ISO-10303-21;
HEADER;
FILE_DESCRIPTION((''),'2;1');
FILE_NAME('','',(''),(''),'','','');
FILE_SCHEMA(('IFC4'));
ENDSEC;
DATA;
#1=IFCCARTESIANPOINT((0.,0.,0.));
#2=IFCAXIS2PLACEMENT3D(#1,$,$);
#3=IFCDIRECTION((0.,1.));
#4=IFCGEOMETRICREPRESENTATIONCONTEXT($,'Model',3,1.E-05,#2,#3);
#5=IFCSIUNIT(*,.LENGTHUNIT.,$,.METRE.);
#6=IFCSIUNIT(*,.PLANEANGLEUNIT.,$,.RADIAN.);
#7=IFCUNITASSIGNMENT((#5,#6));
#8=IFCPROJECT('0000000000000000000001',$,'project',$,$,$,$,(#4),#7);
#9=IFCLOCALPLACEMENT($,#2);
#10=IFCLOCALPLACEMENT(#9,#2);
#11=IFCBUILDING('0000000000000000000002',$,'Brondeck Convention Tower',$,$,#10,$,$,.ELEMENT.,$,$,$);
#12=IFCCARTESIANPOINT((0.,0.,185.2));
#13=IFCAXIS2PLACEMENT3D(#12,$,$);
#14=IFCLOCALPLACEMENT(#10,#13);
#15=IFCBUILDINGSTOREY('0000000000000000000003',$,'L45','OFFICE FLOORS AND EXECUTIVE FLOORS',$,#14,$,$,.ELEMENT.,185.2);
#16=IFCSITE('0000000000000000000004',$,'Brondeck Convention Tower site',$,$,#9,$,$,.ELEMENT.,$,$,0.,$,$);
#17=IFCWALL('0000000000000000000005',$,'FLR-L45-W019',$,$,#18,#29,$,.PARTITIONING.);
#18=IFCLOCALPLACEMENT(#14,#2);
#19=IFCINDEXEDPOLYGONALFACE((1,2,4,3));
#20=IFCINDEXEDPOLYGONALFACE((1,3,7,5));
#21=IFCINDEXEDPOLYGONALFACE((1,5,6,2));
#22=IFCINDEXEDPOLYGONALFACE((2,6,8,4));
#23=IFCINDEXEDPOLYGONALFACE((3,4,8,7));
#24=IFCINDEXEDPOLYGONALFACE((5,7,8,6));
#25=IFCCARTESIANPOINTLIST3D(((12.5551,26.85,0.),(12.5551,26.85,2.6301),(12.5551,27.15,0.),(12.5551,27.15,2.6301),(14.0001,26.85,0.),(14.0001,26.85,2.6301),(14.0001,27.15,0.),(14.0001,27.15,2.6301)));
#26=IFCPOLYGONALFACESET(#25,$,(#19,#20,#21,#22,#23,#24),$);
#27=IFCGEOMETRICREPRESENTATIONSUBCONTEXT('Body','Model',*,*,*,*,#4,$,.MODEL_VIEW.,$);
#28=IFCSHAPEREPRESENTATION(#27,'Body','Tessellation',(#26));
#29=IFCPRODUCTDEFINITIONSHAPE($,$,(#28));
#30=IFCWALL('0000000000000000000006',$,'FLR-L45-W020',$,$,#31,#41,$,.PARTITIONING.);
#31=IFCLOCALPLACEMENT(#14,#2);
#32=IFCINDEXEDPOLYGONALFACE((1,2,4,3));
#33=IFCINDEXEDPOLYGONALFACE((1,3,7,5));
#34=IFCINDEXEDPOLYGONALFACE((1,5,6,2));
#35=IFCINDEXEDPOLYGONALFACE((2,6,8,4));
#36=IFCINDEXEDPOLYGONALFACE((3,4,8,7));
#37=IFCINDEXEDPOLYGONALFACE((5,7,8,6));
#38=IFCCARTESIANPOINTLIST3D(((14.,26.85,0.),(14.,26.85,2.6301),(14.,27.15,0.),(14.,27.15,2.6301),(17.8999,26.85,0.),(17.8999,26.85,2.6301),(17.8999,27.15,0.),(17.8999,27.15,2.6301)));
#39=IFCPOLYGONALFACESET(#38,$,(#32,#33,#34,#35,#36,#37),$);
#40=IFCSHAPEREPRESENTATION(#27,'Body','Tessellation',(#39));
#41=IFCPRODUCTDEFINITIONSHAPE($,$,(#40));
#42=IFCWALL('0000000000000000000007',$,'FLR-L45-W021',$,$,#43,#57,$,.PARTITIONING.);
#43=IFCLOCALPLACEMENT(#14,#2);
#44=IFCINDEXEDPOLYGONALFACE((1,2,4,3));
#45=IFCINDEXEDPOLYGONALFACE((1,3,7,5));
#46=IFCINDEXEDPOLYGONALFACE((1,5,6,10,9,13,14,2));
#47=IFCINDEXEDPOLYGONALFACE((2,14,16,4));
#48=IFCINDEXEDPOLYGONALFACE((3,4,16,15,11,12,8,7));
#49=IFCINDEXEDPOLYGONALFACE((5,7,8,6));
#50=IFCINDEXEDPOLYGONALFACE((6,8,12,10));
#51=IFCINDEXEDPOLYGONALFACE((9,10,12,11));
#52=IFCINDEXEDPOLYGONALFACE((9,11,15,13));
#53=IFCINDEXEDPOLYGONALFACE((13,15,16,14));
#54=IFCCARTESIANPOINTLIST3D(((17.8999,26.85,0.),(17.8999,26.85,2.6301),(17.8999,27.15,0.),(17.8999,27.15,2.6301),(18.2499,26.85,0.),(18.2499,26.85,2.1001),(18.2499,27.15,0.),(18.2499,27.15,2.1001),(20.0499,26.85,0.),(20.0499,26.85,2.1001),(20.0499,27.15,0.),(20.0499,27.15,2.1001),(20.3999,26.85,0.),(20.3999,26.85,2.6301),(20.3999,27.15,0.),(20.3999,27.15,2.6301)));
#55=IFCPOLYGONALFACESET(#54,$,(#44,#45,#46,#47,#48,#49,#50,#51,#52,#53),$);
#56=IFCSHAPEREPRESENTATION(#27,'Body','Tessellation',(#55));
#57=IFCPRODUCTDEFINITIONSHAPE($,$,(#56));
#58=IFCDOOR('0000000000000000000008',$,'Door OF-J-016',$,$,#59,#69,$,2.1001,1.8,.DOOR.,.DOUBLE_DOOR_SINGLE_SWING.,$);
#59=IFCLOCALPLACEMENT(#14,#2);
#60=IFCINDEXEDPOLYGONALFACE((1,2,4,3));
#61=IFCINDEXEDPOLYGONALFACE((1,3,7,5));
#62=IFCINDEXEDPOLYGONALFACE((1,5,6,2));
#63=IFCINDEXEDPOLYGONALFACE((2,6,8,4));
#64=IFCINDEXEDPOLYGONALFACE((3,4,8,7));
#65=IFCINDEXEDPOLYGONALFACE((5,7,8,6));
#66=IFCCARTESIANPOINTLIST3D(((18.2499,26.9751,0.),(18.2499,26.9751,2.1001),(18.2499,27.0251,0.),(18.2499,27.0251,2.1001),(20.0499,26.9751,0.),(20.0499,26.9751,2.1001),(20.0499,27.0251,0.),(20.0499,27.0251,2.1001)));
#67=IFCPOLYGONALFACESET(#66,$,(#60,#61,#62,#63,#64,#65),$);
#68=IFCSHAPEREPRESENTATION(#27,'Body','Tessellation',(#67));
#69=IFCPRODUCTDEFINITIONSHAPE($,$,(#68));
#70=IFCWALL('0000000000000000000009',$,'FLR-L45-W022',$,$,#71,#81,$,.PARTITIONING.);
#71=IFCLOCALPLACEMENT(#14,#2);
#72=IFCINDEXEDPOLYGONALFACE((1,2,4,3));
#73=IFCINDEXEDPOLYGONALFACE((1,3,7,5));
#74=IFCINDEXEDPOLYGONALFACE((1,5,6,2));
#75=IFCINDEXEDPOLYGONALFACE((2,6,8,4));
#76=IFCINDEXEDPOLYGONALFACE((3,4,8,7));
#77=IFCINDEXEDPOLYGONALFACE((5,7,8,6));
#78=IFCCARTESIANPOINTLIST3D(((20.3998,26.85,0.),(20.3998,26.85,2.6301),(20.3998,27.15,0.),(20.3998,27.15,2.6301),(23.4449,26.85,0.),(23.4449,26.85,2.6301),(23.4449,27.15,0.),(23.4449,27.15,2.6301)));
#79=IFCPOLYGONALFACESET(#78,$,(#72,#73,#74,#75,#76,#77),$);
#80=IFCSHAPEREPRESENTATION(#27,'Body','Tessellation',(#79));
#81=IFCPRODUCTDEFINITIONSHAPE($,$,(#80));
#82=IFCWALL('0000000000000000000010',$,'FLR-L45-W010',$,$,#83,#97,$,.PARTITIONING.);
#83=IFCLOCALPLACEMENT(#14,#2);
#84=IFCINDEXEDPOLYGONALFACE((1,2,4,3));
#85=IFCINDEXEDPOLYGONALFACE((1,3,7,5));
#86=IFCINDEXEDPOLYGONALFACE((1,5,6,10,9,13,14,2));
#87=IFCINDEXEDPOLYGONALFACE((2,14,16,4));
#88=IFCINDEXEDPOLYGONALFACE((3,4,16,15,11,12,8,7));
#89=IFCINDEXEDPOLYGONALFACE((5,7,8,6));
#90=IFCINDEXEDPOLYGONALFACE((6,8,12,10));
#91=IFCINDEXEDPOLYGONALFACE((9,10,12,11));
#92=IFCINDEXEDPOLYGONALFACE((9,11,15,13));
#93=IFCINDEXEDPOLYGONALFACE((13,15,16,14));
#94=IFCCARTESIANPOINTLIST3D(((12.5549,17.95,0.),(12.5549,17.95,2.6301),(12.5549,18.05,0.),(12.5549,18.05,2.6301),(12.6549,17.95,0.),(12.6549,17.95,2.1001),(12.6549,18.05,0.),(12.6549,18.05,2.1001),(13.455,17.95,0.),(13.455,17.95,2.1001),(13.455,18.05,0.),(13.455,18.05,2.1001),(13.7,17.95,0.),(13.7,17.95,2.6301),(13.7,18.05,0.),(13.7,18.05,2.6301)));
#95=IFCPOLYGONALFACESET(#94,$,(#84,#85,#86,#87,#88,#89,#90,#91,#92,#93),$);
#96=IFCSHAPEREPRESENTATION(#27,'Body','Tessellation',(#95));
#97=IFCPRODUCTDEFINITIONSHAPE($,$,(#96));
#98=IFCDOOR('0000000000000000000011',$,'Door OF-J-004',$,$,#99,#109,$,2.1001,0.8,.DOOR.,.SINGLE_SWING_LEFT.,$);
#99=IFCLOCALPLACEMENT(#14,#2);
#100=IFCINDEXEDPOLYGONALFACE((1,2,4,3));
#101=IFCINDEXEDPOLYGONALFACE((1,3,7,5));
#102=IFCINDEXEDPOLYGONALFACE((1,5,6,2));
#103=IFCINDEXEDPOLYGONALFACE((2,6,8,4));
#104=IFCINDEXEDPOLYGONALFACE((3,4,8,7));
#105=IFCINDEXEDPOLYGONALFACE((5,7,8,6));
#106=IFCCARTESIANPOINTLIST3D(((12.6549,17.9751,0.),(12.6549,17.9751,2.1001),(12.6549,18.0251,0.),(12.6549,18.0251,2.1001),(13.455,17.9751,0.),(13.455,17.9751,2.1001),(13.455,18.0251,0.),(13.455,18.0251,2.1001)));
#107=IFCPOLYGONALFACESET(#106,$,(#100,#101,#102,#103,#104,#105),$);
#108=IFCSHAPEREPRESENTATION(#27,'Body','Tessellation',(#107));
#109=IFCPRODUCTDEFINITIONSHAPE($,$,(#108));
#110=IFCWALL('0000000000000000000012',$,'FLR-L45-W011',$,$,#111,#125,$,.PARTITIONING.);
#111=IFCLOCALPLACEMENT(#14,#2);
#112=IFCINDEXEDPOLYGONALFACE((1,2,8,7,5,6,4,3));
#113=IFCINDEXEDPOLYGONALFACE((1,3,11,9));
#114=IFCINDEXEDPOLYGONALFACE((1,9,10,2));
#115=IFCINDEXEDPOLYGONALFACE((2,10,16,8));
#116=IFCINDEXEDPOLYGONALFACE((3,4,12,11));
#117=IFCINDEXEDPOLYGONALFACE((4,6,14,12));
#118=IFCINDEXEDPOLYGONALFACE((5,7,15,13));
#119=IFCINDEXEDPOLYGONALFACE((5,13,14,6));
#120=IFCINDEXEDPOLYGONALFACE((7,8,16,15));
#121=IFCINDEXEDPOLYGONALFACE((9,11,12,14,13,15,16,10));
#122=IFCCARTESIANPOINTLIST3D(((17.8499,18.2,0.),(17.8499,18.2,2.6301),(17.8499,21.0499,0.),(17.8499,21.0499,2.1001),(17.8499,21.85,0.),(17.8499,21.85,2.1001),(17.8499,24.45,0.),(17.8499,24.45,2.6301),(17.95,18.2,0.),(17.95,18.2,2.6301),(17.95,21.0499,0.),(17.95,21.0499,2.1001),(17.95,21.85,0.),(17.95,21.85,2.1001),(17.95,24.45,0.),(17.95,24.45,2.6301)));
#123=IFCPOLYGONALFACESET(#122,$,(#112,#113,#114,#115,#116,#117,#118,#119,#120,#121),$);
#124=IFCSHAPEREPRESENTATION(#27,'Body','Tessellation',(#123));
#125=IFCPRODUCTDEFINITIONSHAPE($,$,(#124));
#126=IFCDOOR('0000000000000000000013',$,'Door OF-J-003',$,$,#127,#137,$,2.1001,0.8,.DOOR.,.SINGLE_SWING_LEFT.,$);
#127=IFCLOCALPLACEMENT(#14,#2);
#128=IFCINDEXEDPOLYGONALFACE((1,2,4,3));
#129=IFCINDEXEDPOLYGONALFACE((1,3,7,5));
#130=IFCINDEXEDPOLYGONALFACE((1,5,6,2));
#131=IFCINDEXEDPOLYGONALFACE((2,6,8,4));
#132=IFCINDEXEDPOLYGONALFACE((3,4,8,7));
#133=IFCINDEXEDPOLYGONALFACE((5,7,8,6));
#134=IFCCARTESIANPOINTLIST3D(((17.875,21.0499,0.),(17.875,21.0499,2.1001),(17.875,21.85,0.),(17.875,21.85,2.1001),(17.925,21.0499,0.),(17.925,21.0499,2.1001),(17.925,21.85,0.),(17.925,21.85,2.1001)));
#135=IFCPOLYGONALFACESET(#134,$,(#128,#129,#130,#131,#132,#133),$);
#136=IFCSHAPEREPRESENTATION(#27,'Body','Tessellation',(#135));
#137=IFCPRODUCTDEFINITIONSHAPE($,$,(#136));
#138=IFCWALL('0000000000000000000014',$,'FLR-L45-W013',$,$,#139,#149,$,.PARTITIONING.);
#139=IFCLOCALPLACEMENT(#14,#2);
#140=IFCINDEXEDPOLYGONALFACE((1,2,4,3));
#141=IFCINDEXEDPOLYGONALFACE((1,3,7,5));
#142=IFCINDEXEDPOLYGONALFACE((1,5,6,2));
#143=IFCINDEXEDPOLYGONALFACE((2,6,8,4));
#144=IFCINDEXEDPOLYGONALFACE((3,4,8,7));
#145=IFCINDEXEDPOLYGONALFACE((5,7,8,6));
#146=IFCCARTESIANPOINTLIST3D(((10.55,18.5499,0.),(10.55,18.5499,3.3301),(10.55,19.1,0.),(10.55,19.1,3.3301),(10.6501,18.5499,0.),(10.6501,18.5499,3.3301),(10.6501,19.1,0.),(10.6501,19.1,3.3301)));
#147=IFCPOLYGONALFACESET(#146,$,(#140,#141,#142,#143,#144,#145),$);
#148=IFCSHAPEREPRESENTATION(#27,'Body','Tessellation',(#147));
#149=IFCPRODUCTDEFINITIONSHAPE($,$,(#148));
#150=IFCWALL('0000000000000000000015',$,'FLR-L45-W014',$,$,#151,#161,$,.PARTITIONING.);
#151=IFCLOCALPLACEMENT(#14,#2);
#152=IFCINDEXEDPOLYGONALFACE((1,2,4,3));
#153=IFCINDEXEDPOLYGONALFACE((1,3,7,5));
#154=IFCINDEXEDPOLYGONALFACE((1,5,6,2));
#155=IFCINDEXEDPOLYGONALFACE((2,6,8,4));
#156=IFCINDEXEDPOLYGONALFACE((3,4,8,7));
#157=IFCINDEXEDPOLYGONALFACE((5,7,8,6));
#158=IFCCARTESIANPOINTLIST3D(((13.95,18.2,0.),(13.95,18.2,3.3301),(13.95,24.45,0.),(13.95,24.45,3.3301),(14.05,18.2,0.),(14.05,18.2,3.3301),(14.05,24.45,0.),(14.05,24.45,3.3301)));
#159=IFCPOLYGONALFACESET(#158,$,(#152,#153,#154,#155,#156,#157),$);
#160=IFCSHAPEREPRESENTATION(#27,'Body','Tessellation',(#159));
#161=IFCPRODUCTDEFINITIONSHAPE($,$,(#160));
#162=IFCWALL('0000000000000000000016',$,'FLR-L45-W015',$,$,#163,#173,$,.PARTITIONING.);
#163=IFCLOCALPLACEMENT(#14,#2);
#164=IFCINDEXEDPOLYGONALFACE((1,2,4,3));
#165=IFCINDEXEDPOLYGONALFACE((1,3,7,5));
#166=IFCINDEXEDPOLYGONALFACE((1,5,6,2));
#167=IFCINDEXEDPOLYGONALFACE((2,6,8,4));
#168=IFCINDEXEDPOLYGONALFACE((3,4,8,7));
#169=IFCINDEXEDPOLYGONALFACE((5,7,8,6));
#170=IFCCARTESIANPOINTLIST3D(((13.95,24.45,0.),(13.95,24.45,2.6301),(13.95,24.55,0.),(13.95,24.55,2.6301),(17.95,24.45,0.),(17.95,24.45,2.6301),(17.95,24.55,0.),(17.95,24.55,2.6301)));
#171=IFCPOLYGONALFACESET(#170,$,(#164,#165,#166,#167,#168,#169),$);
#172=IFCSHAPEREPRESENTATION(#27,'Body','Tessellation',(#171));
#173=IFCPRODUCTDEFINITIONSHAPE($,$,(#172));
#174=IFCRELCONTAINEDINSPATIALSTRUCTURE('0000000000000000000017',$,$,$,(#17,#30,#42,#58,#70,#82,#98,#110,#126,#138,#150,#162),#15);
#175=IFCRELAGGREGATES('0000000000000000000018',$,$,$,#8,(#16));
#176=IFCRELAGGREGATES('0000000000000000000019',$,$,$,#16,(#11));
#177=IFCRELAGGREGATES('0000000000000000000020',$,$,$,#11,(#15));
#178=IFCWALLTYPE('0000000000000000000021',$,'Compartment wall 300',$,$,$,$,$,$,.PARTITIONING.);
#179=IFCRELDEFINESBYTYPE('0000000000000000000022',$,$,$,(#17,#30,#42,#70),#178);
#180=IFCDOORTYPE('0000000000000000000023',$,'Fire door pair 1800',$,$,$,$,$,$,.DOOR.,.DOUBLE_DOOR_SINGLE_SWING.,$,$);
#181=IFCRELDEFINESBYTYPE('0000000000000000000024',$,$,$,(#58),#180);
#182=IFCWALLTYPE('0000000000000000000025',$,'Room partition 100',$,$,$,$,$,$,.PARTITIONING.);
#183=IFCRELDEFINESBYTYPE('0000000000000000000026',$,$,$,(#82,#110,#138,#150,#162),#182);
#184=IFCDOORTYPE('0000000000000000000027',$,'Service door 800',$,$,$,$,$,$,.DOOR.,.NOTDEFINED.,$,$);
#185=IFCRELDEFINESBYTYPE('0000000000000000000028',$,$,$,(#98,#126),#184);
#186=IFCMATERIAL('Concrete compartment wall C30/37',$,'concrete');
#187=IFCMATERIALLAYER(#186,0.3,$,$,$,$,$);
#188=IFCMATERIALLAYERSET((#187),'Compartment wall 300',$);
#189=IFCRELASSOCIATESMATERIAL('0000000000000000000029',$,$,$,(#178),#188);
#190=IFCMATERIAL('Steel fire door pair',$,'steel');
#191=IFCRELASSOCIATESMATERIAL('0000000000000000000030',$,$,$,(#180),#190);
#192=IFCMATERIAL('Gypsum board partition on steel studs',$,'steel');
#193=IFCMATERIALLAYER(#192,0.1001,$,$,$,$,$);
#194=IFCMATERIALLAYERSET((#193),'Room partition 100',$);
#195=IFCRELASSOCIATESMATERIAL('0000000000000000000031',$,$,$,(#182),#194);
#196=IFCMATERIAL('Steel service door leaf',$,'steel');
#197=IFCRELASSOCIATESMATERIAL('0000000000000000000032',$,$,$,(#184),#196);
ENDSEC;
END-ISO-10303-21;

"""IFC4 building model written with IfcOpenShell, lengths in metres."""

from ifc_helpers import new_model, si_unit, direction, frame, frame_2d, origin, place, context, subcontext, project, spatial, rectangle, extrude, material, layer, layer_set, type_object, element, fill, save


model = new_model("IFC4")

# Units and contexts
model_context = context("Model", 3, precision=1e-05, world=origin(), true_north=direction((0.0, 1.0)))
body_context = subcontext(model_context, "Body", "Model", "MODEL_VIEW")
ifc_project = project(units=[si_unit("LENGTHUNIT", "METRE"), si_unit("PLANEANGLEUNIT", "RADIAN")], contexts=[model_context])

# Site, building, storey
site_placement = place(None, origin())
site = spatial("IfcSite", under=ifc_project, at=site_placement, Name="Brondeck Convention Tower site", CompositionType="ELEMENT", RefElevation=0.0)
building_placement = place(site_placement, origin())
building = spatial("IfcBuilding", under=site, at=building_placement, Name="Brondeck Convention Tower", CompositionType="ELEMENT")
storey_placement = place(building_placement, frame((0.0, 0.0, 185.2)))
storey = spatial("IfcBuildingStorey", under=building, at=storey_placement, Name="L45", Description="OFFICE FLOORS AND EXECUTIVE FLOORS", CompositionType="ELEMENT", Elevation=185.2)

# Walls
ifc_material_1 = material(Name="Concrete compartment wall C30/37", Category="concrete")
ifc_layer_1 = layer(ifc_material_1, 0.3)
ifc_layer_set_1 = layer_set([ifc_layer_1], Name="Compartment wall 300")
wall_type_1 = type_object("IfcWallType", Name="Compartment wall 300", PredefinedType="PARTITIONING", material=ifc_layer_set_1)
wall_1_placement = place(storey_placement, frame((12.5549, 27.0, 0.0), z_axis=(0.0, 0.0, 1.0), x_axis=(1.0, 0.0, 0.0)))
element("IfcWall", 1, at=wall_1_placement, inside=storey, type_object=wall_type_1, Name="FLR-L45-W019", PredefinedType="PARTITIONING", context=body_context, shape_type="SweptSolid", body=[
    extrude(rectangle(XDim=1.4451, YDim=0.3, at=frame_2d((0.7227, 0.0))), origin(), (0.0, 0.0, 1.0), 2.6301),
])
wall_2_placement = place(storey_placement, frame((14.0, 27.0, 0.0), z_axis=(0.0, 0.0, 1.0), x_axis=(1.0, 0.0, 0.0)))
element("IfcWall", 2, at=wall_2_placement, inside=storey, type_object=wall_type_1, Name="FLR-L45-W020", PredefinedType="PARTITIONING", context=body_context, shape_type="SweptSolid", body=[
    extrude(rectangle(XDim=3.8999, YDim=0.3, at=frame_2d((1.95, 0.0))), origin(), (0.0, 0.0, 1.0), 2.6301),
])

# Wall, opening, door
wall_3_placement = place(storey_placement, frame((20.3999, 27.0, 0.0), z_axis=(0.0, 0.0, 1.0), x_axis=(-1.0, 0.0, 0.0)))
wall_3 = element("IfcWall", 3, at=wall_3_placement, inside=storey, type_object=wall_type_1, Name="FLR-L45-W021", PredefinedType="PARTITIONING", context=body_context, shape_type="SweptSolid", body=[
    extrude(rectangle(XDim=2.5, YDim=0.3, at=frame_2d((1.25, 0.0))), origin(), (0.0, 0.0, 1.0), 2.6301),
])
opening_1_placement = place(wall_3_placement, frame((0.3501, 0.0, 0.0)))
opening_1 = element("IfcOpeningElement", 4, at=opening_1_placement, cuts=wall_3, PredefinedType="OPENING", context=body_context, shape_type="SweptSolid", body=[
    extrude(rectangle(XDim=1.8, YDim=2.1001, at=frame_2d((0.8999, 1.05))), frame((0.0, 0.1599, 0.0), z_axis=(0.0, -1.0, 0.0), x_axis=(1.0, 0.0, 0.0)), (0.0, 0.0, 1.0), 0.3201),
])
ifc_material_2 = material(Name="Steel fire door pair", Category="steel")
door_type_1 = type_object("IfcDoorType", Name="Fire door pair 1800", OperationType="DOUBLE_DOOR_SINGLE_SWING", PredefinedType="DOOR", material=ifc_material_2)
door_1_placement = place(opening_1_placement, origin())
door_1 = element("IfcDoor", 5, at=door_1_placement, inside=storey, type_object=door_type_1, Name="Door OF-J-016", OperationType="DOUBLE_DOOR_SINGLE_SWING", OverallHeight=2.1001, OverallWidth=1.8, PredefinedType="DOOR", context=body_context, shape_type="SweptSolid", body=[
    extrude(rectangle(XDim=1.8, YDim=2.1001, at=frame_2d((0.8999, 1.05))), frame((0.0, 0.0249, 0.0), z_axis=(0.0, -1.0, 0.0), x_axis=(1.0, 0.0, 0.0)), (0.0, 0.0, 1.0), 0.05),
])
fill(opening_1, door_1)

# Wall
wall_4_placement = place(storey_placement, frame((20.3999, 27.0, 0.0), z_axis=(0.0, 0.0, 1.0), x_axis=(1.0, 0.0, 0.0)))
element("IfcWall", 6, at=wall_4_placement, inside=storey, type_object=wall_type_1, Name="FLR-L45-W022", PredefinedType="PARTITIONING", context=body_context, shape_type="SweptSolid", body=[
    extrude(rectangle(XDim=3.0452, YDim=0.3, at=frame_2d((1.5225, 0.0))), origin(), (0.0, 0.0, 1.0), 2.6301),
])

# Walls, openings, doors
ifc_material_3 = material(Name="Gypsum board partition on steel studs", Category="steel")
ifc_layer_2 = layer(ifc_material_3, 0.1001)
ifc_layer_set_2 = layer_set([ifc_layer_2], Name="Room partition 100")
wall_type_2 = type_object("IfcWallType", Name="Room partition 100", PredefinedType="PARTITIONING", material=ifc_layer_set_2)
wall_5_placement = place(storey_placement, frame((13.7, 18.0, 0.0), z_axis=(0.0, 0.0, 1.0), x_axis=(-1.0, 0.0, 0.0)))
wall_5 = element("IfcWall", 7, at=wall_5_placement, inside=storey, type_object=wall_type_2, Name="FLR-L45-W010", PredefinedType="PARTITIONING", context=body_context, shape_type="SweptSolid", body=[
    extrude(rectangle(XDim=1.145, YDim=0.1001, at=frame_2d((0.5725, 0.0))), origin(), (0.0, 0.0, 1.0), 2.6301),
])
opening_2_placement = place(wall_5_placement, frame((0.2451, 0.0, 0.0)))
opening_2 = element("IfcOpeningElement", 8, at=opening_2_placement, cuts=wall_5, PredefinedType="OPENING", context=body_context, shape_type="SweptSolid", body=[
    extrude(rectangle(XDim=0.8, YDim=2.1001, at=frame_2d((0.3999, 1.05))), frame((0.0, 0.0601, 0.0), z_axis=(0.0, -1.0, 0.0), x_axis=(1.0, 0.0, 0.0)), (0.0, 0.0, 1.0), 0.1201),
])
ifc_material_4 = material(Name="Steel service door leaf", Category="steel")
door_type_2 = type_object("IfcDoorType", Name="Service door 800", OperationType="NOTDEFINED", PredefinedType="DOOR", material=ifc_material_4)
door_2_placement = place(opening_2_placement, origin())
door_2 = element("IfcDoor", 9, at=door_2_placement, inside=storey, type_object=door_type_2, Name="Door OF-J-004", OperationType="SINGLE_SWING_LEFT", OverallHeight=2.1001, OverallWidth=0.8, PredefinedType="DOOR", context=body_context, shape_type="SweptSolid", body=[
    extrude(rectangle(XDim=0.8, YDim=2.1001, at=frame_2d((0.3999, 1.05))), frame((0.0, 0.0249, 0.0), z_axis=(0.0, -1.0, 0.0), x_axis=(1.0, 0.0, 0.0)), (0.0, 0.0, 1.0), 0.05),
])
fill(opening_2, door_2)
wall_6_placement = place(storey_placement, frame((17.8999, 18.2, 0.0), z_axis=(0.0, 0.0, 1.0), x_axis=(0.0, 1.0, 0.0)))
wall_6 = element("IfcWall", 10, at=wall_6_placement, inside=storey, type_object=wall_type_2, Name="FLR-L45-W011", PredefinedType="PARTITIONING", context=body_context, shape_type="SweptSolid", body=[
    extrude(rectangle(XDim=6.25, YDim=0.1001, at=frame_2d((3.125, 0.0))), origin(), (0.0, 0.0, 1.0), 2.6301),
])
opening_3_placement = place(wall_6_placement, frame((2.8501, 0.0, 0.0)))
opening_3 = element("IfcOpeningElement", 11, at=opening_3_placement, cuts=wall_6, PredefinedType="OPENING", context=body_context, shape_type="SweptSolid", body=[
    extrude(rectangle(XDim=0.8, YDim=2.1001, at=frame_2d((0.3999, 1.05))), frame((0.0, 0.0601, 0.0), z_axis=(0.0, -1.0, 0.0), x_axis=(1.0, 0.0, 0.0)), (0.0, 0.0, 1.0), 0.1201),
])
door_3_placement = place(opening_3_placement, origin())
door_3 = element("IfcDoor", 12, at=door_3_placement, inside=storey, type_object=door_type_2, Name="Door OF-J-003", OperationType="SINGLE_SWING_LEFT", OverallHeight=2.1001, OverallWidth=0.8, PredefinedType="DOOR", context=body_context, shape_type="SweptSolid", body=[
    extrude(rectangle(XDim=0.8, YDim=2.1001, at=frame_2d((0.3999, 1.05))), frame((0.0, 0.0249, 0.0), z_axis=(0.0, -1.0, 0.0), x_axis=(1.0, 0.0, 0.0)), (0.0, 0.0, 1.0), 0.05),
])
fill(opening_3, door_3)

# Walls
wall_7_placement = place(storey_placement, frame((10.6001, 18.55, 0.0), z_axis=(0.0, 0.0, 1.0), x_axis=(0.0, 1.0, 0.0)))
element("IfcWall", 13, at=wall_7_placement, inside=storey, type_object=wall_type_2, Name="FLR-L45-W013", PredefinedType="PARTITIONING", context=body_context, shape_type="SweptSolid", body=[
    extrude(rectangle(XDim=0.55, YDim=0.1001, at=frame_2d((0.2749, 0.0))), origin(), (0.0, 0.0, 1.0), 3.3301),
])
wall_8_placement = place(storey_placement, frame((14.0, 24.45, 0.0), z_axis=(0.0, 0.0, 1.0), x_axis=(0.0, -1.0, 0.0)))
element("IfcWall", 14, at=wall_8_placement, inside=storey, type_object=wall_type_2, Name="FLR-L45-W014", PredefinedType="PARTITIONING", context=body_context, shape_type="SweptSolid", body=[
    extrude(rectangle(XDim=6.25, YDim=0.1001, at=frame_2d((3.125, 0.0))), origin(), (0.0, 0.0, 1.0), 3.3301),
])
wall_9_placement = place(storey_placement, frame((17.95, 24.5, 0.0), z_axis=(0.0, 0.0, 1.0), x_axis=(-1.0, 0.0, 0.0)))
element("IfcWall", 15, at=wall_9_placement, inside=storey, type_object=wall_type_2, Name="FLR-L45-W015", PredefinedType="PARTITIONING", context=body_context, shape_type="SweptSolid", body=[
    extrude(rectangle(XDim=4.0, YDim=0.1001, at=frame_2d((2.0, 0.0))), origin(), (0.0, 0.0, 1.0), 2.6301),
])

save(model, "model.ifc")
